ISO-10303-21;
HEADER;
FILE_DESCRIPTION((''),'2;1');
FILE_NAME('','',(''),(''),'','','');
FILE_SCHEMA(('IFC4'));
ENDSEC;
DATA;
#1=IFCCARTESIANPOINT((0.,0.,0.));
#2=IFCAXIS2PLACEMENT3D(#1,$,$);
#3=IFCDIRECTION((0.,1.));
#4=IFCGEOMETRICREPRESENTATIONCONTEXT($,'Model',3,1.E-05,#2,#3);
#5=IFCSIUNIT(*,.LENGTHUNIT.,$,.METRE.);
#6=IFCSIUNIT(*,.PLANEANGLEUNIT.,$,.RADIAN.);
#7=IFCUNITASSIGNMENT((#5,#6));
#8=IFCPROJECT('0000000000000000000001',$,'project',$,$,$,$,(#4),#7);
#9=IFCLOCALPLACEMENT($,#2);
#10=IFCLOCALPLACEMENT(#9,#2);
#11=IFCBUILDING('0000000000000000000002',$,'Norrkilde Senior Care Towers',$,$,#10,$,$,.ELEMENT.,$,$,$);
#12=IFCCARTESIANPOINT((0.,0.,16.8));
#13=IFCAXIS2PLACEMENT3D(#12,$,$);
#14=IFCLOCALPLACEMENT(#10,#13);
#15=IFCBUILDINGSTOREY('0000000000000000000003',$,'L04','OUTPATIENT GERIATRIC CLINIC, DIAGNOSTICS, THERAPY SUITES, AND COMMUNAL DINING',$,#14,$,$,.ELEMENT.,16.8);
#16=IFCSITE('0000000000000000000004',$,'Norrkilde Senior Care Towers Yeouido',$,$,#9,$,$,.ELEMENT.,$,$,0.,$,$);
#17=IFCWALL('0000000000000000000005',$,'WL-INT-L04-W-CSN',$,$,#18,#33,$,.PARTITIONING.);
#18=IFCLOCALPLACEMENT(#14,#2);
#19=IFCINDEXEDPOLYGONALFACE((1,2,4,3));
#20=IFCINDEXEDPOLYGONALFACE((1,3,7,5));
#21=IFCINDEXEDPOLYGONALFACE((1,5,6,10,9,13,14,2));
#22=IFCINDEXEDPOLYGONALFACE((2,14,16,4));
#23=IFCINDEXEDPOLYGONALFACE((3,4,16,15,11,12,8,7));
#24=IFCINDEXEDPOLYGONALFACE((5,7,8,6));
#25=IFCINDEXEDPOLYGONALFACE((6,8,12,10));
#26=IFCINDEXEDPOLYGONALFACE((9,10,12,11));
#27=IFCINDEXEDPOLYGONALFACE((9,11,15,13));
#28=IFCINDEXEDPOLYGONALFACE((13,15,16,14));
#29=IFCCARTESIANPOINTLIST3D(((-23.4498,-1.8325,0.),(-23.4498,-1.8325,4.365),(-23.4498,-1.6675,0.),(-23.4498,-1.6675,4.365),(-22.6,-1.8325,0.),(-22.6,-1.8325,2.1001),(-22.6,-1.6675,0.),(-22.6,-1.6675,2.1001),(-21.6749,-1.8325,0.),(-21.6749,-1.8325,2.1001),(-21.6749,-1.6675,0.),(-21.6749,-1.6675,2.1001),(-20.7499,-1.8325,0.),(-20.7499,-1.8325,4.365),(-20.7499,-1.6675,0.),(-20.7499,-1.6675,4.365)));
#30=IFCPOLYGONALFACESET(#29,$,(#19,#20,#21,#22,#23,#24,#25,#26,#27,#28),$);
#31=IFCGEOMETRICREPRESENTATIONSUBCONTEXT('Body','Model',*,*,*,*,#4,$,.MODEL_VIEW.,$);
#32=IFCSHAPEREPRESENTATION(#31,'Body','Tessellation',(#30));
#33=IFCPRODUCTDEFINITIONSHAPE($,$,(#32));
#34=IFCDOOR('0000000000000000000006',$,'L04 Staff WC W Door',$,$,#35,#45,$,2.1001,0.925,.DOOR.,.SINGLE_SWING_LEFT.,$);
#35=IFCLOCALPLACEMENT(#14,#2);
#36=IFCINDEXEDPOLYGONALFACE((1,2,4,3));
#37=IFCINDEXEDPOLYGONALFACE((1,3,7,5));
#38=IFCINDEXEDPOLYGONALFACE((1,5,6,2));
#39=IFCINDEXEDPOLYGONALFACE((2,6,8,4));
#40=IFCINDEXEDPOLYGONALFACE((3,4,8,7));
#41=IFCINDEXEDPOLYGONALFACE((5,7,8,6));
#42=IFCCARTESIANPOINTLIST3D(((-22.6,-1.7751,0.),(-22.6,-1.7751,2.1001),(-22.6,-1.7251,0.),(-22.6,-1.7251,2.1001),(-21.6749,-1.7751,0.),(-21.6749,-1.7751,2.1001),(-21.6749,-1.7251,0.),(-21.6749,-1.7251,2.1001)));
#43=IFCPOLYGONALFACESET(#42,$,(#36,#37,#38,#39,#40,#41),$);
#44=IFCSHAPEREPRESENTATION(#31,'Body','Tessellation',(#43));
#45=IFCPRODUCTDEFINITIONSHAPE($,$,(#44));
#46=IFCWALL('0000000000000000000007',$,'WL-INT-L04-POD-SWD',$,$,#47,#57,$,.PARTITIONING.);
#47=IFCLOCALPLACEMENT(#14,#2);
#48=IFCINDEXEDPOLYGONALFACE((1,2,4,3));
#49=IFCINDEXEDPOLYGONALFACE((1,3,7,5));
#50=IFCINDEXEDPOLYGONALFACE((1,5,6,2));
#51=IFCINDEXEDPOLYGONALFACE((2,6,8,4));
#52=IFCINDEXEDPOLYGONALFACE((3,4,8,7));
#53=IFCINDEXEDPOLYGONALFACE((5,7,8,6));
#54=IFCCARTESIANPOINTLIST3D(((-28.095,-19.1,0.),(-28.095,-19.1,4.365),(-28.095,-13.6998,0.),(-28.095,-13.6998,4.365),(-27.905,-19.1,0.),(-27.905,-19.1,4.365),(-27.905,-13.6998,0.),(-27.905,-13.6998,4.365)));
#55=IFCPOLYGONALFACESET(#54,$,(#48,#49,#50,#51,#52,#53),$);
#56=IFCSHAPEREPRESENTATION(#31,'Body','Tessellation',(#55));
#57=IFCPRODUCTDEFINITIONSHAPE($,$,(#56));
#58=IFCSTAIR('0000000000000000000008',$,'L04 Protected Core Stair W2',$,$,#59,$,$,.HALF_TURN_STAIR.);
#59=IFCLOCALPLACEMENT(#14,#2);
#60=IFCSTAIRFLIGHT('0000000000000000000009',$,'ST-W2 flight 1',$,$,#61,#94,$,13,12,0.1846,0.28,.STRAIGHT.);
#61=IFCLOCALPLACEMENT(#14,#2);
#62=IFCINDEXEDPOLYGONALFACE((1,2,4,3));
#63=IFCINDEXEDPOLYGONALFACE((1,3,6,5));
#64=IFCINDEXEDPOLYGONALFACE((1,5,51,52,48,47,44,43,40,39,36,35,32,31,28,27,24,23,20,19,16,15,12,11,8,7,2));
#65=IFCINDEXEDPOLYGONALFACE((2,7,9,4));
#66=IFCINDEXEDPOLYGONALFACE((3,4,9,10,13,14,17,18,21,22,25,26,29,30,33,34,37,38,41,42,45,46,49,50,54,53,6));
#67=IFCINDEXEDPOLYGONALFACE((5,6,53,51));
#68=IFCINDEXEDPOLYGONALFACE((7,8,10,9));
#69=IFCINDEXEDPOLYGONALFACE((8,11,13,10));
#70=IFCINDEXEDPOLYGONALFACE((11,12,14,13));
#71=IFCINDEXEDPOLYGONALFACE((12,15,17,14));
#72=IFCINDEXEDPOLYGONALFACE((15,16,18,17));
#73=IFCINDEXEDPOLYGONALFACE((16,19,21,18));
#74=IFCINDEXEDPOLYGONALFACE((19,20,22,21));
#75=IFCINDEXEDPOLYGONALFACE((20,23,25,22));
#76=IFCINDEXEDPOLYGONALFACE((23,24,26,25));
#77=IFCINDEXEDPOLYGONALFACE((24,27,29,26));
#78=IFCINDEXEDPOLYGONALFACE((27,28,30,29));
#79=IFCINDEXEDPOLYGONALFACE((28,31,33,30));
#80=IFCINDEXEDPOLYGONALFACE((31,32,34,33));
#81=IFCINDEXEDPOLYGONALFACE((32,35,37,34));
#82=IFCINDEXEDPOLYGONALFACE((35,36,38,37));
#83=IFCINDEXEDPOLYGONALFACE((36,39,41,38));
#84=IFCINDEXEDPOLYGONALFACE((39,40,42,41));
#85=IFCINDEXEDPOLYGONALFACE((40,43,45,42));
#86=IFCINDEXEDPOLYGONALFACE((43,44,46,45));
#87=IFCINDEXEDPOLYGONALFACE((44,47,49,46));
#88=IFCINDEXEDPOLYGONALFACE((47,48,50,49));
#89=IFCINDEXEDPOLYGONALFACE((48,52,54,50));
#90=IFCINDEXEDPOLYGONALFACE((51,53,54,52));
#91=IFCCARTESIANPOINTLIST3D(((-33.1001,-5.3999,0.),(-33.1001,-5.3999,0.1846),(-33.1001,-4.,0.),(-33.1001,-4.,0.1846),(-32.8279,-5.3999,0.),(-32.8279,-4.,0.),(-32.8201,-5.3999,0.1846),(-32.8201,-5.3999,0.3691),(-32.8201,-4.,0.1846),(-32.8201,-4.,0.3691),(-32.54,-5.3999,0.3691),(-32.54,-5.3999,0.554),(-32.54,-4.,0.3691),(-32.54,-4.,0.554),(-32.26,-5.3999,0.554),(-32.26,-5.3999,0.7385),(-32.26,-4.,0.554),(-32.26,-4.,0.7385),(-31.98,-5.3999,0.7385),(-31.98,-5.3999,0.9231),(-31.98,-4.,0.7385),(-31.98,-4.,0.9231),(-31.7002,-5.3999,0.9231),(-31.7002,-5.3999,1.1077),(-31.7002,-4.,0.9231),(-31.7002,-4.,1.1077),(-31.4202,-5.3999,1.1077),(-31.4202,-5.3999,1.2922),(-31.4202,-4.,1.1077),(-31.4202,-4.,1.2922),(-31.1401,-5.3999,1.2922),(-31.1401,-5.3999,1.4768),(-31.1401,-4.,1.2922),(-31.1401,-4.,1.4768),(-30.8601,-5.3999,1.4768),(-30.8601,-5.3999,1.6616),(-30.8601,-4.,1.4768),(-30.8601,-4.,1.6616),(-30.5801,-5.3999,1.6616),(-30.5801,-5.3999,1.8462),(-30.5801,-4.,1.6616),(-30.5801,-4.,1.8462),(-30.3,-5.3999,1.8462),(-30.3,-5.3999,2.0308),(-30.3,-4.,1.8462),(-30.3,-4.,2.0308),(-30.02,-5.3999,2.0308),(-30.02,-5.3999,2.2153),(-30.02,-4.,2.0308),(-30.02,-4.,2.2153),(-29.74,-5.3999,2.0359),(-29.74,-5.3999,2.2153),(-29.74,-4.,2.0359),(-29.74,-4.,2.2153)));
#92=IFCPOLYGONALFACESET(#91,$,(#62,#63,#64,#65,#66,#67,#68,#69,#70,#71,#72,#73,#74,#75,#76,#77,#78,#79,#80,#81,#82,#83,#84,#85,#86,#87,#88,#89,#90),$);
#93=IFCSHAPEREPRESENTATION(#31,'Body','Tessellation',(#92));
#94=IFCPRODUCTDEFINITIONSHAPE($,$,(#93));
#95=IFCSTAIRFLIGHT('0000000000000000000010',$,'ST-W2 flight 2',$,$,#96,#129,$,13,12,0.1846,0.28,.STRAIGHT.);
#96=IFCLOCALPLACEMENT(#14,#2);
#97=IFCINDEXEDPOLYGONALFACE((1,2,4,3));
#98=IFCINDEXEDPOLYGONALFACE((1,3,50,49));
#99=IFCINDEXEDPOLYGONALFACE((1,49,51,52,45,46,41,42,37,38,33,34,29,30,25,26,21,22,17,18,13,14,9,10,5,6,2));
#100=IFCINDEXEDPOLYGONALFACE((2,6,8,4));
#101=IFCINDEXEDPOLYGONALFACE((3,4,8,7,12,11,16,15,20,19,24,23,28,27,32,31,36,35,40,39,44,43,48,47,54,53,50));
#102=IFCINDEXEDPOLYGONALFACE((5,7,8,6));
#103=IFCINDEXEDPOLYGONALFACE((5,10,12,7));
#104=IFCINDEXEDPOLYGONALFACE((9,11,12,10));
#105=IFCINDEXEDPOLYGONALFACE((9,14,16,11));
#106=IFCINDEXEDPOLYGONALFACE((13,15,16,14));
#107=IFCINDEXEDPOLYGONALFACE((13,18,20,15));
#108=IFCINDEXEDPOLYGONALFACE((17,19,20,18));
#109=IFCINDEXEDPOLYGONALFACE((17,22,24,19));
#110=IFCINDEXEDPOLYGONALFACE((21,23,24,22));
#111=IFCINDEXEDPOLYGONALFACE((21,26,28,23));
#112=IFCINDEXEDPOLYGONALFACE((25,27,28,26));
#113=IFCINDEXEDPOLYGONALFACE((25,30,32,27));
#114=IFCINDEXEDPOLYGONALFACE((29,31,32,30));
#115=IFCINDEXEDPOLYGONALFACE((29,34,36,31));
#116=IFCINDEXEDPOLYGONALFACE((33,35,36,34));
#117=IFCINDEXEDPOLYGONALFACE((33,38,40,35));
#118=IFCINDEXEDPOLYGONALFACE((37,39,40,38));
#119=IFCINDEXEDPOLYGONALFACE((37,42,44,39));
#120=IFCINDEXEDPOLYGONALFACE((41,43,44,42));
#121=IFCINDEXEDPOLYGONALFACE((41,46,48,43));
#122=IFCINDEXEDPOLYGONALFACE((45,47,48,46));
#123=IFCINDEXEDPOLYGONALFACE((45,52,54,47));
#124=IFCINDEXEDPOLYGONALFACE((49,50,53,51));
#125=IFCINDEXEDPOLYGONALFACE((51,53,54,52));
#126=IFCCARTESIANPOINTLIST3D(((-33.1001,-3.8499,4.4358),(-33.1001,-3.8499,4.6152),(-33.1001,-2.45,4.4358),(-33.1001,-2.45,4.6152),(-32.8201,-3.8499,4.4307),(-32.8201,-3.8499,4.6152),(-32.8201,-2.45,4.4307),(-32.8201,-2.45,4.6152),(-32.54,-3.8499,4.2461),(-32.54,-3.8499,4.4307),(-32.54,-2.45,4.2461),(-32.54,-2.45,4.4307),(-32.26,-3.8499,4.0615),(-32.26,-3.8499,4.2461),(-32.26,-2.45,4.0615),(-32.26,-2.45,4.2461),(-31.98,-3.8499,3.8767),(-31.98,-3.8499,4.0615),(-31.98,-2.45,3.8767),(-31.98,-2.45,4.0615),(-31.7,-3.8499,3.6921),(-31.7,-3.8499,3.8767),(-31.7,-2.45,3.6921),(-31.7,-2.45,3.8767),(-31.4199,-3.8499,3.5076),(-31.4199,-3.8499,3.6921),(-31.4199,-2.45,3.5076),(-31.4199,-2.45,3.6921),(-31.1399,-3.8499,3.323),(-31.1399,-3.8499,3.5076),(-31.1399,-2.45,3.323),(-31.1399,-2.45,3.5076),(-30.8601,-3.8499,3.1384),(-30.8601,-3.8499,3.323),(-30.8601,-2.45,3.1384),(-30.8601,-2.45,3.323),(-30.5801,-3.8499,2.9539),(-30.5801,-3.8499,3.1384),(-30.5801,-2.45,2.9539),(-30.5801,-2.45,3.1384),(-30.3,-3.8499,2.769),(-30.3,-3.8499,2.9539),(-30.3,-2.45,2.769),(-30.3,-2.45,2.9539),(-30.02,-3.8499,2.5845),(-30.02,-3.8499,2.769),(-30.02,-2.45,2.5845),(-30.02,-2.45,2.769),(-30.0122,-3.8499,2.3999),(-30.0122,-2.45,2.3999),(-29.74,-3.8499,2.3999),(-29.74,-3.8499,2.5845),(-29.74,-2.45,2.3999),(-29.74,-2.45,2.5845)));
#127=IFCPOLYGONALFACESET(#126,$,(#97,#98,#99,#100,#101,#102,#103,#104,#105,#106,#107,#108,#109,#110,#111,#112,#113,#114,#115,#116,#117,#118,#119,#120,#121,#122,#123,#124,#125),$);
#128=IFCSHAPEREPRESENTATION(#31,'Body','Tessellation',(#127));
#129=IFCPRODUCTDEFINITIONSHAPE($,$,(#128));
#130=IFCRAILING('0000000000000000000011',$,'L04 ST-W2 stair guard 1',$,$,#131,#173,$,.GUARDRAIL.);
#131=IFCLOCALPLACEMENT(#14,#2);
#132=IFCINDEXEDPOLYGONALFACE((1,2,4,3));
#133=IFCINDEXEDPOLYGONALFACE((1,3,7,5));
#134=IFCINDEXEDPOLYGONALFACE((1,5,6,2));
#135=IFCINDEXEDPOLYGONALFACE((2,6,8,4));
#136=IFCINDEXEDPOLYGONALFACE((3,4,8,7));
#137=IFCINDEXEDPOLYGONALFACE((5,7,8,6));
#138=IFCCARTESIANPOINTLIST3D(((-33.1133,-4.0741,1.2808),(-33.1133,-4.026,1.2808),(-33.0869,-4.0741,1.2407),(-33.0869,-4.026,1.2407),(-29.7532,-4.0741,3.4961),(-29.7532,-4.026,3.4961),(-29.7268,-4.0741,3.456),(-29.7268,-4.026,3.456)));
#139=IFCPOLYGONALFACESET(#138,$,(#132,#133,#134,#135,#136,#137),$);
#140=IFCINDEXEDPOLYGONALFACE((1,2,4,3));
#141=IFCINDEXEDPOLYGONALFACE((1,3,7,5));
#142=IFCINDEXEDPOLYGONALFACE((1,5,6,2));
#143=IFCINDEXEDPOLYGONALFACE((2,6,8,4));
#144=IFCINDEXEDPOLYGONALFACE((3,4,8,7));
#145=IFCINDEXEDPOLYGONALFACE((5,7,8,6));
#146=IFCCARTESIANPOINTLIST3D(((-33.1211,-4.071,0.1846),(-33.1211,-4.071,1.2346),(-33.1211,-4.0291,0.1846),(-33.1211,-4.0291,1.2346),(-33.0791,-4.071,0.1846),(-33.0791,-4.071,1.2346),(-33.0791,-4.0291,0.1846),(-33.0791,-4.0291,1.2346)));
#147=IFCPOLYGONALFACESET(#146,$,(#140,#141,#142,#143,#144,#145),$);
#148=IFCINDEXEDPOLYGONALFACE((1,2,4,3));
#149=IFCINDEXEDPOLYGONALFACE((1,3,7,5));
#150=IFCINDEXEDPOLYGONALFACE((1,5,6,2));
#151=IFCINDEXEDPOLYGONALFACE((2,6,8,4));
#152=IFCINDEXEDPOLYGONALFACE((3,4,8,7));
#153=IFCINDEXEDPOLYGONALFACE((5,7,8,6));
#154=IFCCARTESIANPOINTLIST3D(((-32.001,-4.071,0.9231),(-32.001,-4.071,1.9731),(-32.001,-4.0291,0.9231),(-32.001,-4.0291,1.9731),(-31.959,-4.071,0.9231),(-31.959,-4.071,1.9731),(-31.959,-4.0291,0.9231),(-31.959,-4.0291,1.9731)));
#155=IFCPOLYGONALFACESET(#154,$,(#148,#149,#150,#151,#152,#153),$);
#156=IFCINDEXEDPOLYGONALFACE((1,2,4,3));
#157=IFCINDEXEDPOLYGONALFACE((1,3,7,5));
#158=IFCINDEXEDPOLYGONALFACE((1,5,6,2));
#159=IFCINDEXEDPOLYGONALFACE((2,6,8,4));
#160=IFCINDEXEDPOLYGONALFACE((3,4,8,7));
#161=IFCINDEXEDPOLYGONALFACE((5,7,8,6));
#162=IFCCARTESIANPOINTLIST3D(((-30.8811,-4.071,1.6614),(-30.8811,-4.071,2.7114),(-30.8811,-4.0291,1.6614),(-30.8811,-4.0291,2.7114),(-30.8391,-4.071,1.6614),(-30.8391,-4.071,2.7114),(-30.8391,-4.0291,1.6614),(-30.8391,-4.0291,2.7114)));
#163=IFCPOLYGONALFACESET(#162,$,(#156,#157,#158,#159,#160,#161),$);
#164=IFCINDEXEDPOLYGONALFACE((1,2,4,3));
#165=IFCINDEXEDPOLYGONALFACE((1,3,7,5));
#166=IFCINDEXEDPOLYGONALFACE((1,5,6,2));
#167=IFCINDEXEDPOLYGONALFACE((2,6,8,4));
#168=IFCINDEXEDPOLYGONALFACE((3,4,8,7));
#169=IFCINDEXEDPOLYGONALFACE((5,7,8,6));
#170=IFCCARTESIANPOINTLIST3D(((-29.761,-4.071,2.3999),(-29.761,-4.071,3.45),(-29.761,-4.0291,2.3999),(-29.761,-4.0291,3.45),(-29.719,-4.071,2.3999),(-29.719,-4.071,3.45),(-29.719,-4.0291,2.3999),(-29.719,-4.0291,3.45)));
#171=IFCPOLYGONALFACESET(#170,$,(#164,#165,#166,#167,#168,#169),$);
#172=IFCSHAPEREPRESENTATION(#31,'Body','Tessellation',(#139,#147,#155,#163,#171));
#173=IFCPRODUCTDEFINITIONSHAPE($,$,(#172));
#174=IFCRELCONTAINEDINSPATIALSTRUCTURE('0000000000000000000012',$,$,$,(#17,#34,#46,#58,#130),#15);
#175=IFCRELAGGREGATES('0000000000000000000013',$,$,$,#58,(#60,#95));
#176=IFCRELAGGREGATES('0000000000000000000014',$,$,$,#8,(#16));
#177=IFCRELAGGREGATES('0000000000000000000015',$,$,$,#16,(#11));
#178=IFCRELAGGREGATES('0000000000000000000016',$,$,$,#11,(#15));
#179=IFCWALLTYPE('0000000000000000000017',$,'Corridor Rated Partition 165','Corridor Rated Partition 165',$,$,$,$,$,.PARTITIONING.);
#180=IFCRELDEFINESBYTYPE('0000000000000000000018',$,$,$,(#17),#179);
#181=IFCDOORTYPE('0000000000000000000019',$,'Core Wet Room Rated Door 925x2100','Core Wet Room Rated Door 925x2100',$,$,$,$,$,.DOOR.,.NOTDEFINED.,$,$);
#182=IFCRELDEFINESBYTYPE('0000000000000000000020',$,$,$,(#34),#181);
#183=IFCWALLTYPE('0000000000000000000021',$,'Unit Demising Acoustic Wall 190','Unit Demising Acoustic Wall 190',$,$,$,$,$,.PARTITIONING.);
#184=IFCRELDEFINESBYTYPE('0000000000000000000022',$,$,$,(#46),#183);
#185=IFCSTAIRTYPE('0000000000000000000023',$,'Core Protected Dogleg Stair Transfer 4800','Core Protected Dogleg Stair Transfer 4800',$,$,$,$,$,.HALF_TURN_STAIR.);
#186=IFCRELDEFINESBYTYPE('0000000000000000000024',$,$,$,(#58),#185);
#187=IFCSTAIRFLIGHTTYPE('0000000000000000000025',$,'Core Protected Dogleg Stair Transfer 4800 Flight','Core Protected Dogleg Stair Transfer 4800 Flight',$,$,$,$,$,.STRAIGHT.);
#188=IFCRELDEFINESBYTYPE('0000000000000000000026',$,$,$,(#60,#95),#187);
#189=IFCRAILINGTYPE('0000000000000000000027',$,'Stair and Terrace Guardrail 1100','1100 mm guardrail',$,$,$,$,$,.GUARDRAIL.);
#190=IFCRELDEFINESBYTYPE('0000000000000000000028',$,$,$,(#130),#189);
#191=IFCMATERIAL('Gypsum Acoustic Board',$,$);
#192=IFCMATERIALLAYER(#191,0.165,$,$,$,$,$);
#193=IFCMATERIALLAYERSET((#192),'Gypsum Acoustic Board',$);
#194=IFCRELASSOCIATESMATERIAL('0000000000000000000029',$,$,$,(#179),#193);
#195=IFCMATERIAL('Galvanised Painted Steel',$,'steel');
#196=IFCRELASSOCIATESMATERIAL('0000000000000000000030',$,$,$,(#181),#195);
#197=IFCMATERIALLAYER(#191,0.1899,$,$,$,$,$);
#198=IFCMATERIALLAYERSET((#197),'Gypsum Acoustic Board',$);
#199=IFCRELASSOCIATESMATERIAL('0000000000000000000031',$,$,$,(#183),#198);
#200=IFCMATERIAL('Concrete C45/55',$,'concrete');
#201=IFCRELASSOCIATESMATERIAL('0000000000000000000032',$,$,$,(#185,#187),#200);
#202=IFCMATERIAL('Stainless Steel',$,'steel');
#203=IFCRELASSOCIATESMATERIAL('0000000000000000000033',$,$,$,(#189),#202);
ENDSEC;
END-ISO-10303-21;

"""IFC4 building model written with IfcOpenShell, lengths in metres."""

from ifc_helpers import new_model, si_unit, direction, frame, frame_2d, origin, origin_2d, place, context, subcontext, project, spatial, polyline, rectangle, outline, extrude, source, transform, mapped, material, layer, layer_set, type_object, type_shapes, element, fill, aggregate, save


model = new_model("IFC4")

# Units and contexts
model_context = context("Model", 3, precision=1e-05, world=origin(), true_north=direction((0.0, 1.0)))
body_context = subcontext(model_context, "Body", "Model", "MODEL_VIEW")
ifc_project = project(units=[si_unit("LENGTHUNIT", "METRE"), si_unit("PLANEANGLEUNIT", "RADIAN")], contexts=[model_context])

# Site, building, storey
site_placement = place(None, origin())
site = spatial("IfcSite", under=ifc_project, at=site_placement, Name="Norrkilde Senior Care Towers Yeouido", CompositionType="ELEMENT", RefElevation=0.0)
building_placement = place(site_placement, origin())
building = spatial("IfcBuilding", under=site, at=building_placement, Name="Norrkilde Senior Care Towers", CompositionType="ELEMENT")
storey_placement = place(building_placement, frame((0.0, 0.0, 16.8)))
storey = spatial("IfcBuildingStorey", under=building, at=storey_placement, Name="L04", Description="OUTPATIENT GERIATRIC CLINIC, DIAGNOSTICS, THERAPY SUITES, AND COMMUNAL DINING", CompositionType="ELEMENT", Elevation=16.8)

# Shared definitions
ifc_material_1 = material(Name="Concrete C45/55", Category="concrete")

# Wall, opening, door
ifc_material_2 = material(Name="Gypsum Acoustic Board")
ifc_layer_1 = layer(ifc_material_2, 0.165)
ifc_layer_set_1 = layer_set([ifc_layer_1], Name="Gypsum Acoustic Board")
wall_type_1 = type_object("IfcWallType", Name="Corridor Rated Partition 165", Description="Corridor Rated Partition 165", PredefinedType="PARTITIONING", material=ifc_layer_set_1)
shared_shape_1 = source(origin(), body_context, "Body", "SweptSolid", [
    extrude(rectangle(XDim=2.7, YDim=0.165, at=frame_2d((1.3501, 0.0))), origin(), (0.0, 0.0, 1.0), 4.365),
])
type_shapes(wall_type_1, [shared_shape_1])
wall_1_placement = place(storey_placement, frame((-23.45, -1.75, 0.0), z_axis=(0.0, 0.0, 1.0), x_axis=(1.0, 0.0, 0.0)))
wall_1 = element("IfcWall", 1, at=wall_1_placement, inside=storey, type_object=wall_type_1, Name="WL-INT-L04-W-CSN", PredefinedType="PARTITIONING", context=body_context, shape_type="MappedRepresentation", body=[
    mapped(shared_shape_1, transform((0.0, 0.0, 0.0), x_axis=(1.0, 0.0, 0.0), y_axis=(0.0, 1.0, 0.0), z_axis=(0.0, 0.0, 1.0), scale=1.0)),
])
opening_placement = place(wall_1_placement, frame((0.8501, 0.0, 0.0)))
opening = element("IfcOpeningElement", 2, at=opening_placement, cuts=wall_1, PredefinedType="OPENING", context=body_context, shape_type="SweptSolid", body=[
    extrude(rectangle(XDim=0.925, YDim=2.1001, at=frame_2d((0.4624, 1.05))), frame((0.0, 0.0925, 0.0), z_axis=(0.0, -1.0, 0.0), x_axis=(1.0, 0.0, 0.0)), (0.0, 0.0, 1.0), 0.1851),
])
ifc_material_3 = material(Name="Galvanised Painted Steel", Category="steel")
door_type = type_object("IfcDoorType", Name="Core Wet Room Rated Door 925x2100", Description="Core Wet Room Rated Door 925x2100", OperationType="NOTDEFINED", PredefinedType="DOOR", material=ifc_material_3)
shared_shape_2 = source(origin(), body_context, "Body", "SweptSolid", [
    extrude(rectangle(XDim=0.925, YDim=2.1001, at=frame_2d((0.4624, 1.05))), frame((0.0, 0.0249, 0.0), z_axis=(0.0, -1.0, 0.0), x_axis=(1.0, 0.0, 0.0)), (0.0, 0.0, 1.0), 0.05),
])
type_shapes(door_type, [shared_shape_2])
door_placement = place(opening_placement, origin())
door = element("IfcDoor", 3, at=door_placement, inside=storey, type_object=door_type, Name="L04 Staff WC W Door", OperationType="SINGLE_SWING_LEFT", OverallHeight=2.1001, OverallWidth=0.925, PredefinedType="DOOR", context=body_context, shape_type="MappedRepresentation", body=[
    mapped(shared_shape_2, transform((0.0, 0.0, 0.0), x_axis=(1.0, 0.0, 0.0), y_axis=(0.0, 1.0, 0.0), z_axis=(0.0, 0.0, 1.0), scale=1.0)),
])
fill(opening, door)

# Wall
ifc_layer_2 = layer(ifc_material_2, 0.1899)
ifc_layer_set_2 = layer_set([ifc_layer_2], Name="Gypsum Acoustic Board")
wall_type_2 = type_object("IfcWallType", Name="Unit Demising Acoustic Wall 190", Description="Unit Demising Acoustic Wall 190", PredefinedType="PARTITIONING", material=ifc_layer_set_2)
shared_shape_3 = source(origin(), body_context, "Body", "SweptSolid", [
    extrude(rectangle(XDim=5.4001, YDim=0.1899, at=frame_2d((2.7002, 0.0))), origin(), (0.0, 0.0, 1.0), 4.365),
])
type_shapes(wall_type_2, [shared_shape_3])
wall_2_placement = place(storey_placement, frame((-28.0, -19.1001, 0.0), z_axis=(0.0, 0.0, 1.0), x_axis=(0.0, 1.0, 0.0)))
element("IfcWall", 4, at=wall_2_placement, inside=storey, type_object=wall_type_2, Name="WL-INT-L04-POD-SWD", PredefinedType="PARTITIONING", context=body_context, shape_type="MappedRepresentation", body=[
    mapped(shared_shape_3, transform((0.0, 0.0, 0.0), x_axis=(1.0, 0.0, 0.0), y_axis=(0.0, 1.0, 0.0), z_axis=(0.0, 0.0, 1.0), scale=1.0)),
])

# Stair, stair flights
stair_type = type_object("IfcStairType", Name="Core Protected Dogleg Stair Transfer 4800", Description="Core Protected Dogleg Stair Transfer 4800", PredefinedType="HALF_TURN_STAIR", material=ifc_material_1)
stair_placement = place(storey_placement, origin())
stair = element("IfcStair", 5, at=stair_placement, inside=storey, type_object=stair_type, Name="L04 Protected Core Stair W2", PredefinedType="HALF_TURN_STAIR")
stair_flight_type = type_object("IfcStairFlightType", Name="Core Protected Dogleg Stair Transfer 4800 Flight", Description="Core Protected Dogleg Stair Transfer 4800 Flight", PredefinedType="STRAIGHT", material=ifc_material_1)
stair_flight_1_placement = place(storey_placement, frame((-33.1001, -4.7, 0.0), z_axis=(0.0, 0.0, 1.0), x_axis=(1.0, 0.0, 0.0)))
stair_flight_1 = element("IfcStairFlight", 6, at=stair_flight_1_placement, type_object=stair_flight_type, Name="ST-W2 flight 1", NumberOfRisers=13, NumberOfTreads=12, PredefinedType="STRAIGHT", RiserHeight=0.1846, TreadLength=0.28, context=body_context, shape_type="SweptSolid", body=[
    extrude(outline(polyline([(0.0, 0.0), (0.0, 0.1846), (0.28, 0.1846), (0.28, 0.3691), (0.5601, 0.3691), (0.5601, 0.554), (0.8401, 0.554), (0.8401, 0.7385), (1.1201, 0.7385), (1.1201, 0.9231), (1.3999, 0.9231), (1.3999, 1.1077), (1.6799, 1.1077), (1.6799, 1.2922), (1.96, 1.2922), (1.96, 1.4768), (2.24, 1.4768), (2.24, 1.6616), (2.52, 1.6616), (2.52, 1.8462), (2.8, 1.8462), (2.8, 2.0308), (3.0801, 2.0308), (3.0801, 2.2153), (3.3601, 2.2153), (3.3601, 2.3999), (3.3601, 2.0359), (0.2722, 0.0), (0.0, 0.0)])), frame((0.0, 0.7, 0.0), z_axis=(0.0, -1.0, 0.0), x_axis=(1.0, 0.0, 0.0)), (0.0, 0.0, 1.0), 1.3999),
])
stair_flight_2_placement = place(storey_placement, frame((-29.74, -3.1499, 2.3999), z_axis=(0.0, 0.0, 1.0), x_axis=(-1.0, 0.0, 0.0)))
stair_flight_2 = element("IfcStairFlight", 7, at=stair_flight_2_placement, type_object=stair_flight_type, Name="ST-W2 flight 2", NumberOfRisers=13, NumberOfTreads=12, PredefinedType="STRAIGHT", RiserHeight=0.1846, TreadLength=0.28, context=body_context, shape_type="SweptSolid", body=[
    extrude(outline(polyline([(0.0, 0.0), (0.0, 0.1846), (0.28, 0.1846), (0.28, 0.3691), (0.5601, 0.3691), (0.5601, 0.554), (0.8401, 0.554), (0.8401, 0.7385), (1.1201, 0.7385), (1.1201, 0.9231), (1.3999, 0.9231), (1.3999, 1.1077), (1.6799, 1.1077), (1.6799, 1.2922), (1.96, 1.2922), (1.96, 1.4768), (2.24, 1.4768), (2.24, 1.6616), (2.52, 1.6616), (2.52, 1.8462), (2.8, 1.8462), (2.8, 2.0308), (3.0801, 2.0308), (3.0801, 2.2153), (3.3601, 2.2153), (3.3601, 2.3999), (3.3601, 2.0359), (0.2722, 0.0), (0.0, 0.0)])), frame((0.0, 0.7, 0.0), z_axis=(0.0, -1.0, 0.0), x_axis=(1.0, 0.0, 0.0)), (0.0, 0.0, 1.0), 1.3999),
])
aggregate(stair, [stair_flight_1, stair_flight_2])

# Railing
ifc_material_4 = material(Name="Stainless Steel", Category="steel")
railing_type_1 = type_object("IfcRailingType", Name="Stair and Terrace Guardrail 1100", Description="1100 mm guardrail", PredefinedType="GUARDRAIL", material=ifc_material_4)
railing_1_placement = place(storey_placement, frame((-33.1001, -4.05, 0.1846)))
element("IfcRailing", 8, at=railing_1_placement, inside=storey, type_object=railing_type_1, Name="L04 ST-W2 stair guard 1", PredefinedType="GUARDRAIL", context=body_context, shape_type="SweptSolid", body=[
    extrude(rectangle(XDim=0.0481, YDim=0.0481, at=origin_2d()), frame((0.0, 0.0, 1.0762), z_axis=(0.834876, 0.0, 0.550437), x_axis=(0.0, 1.0, 0.0)), (0.0, 0.0, 1.0), 4.0247),
    extrude(rectangle(XDim=0.042, YDim=0.042, at=origin_2d()), origin(), (0.0, 0.0, 1.0), 1.05),
    extrude(rectangle(XDim=0.042, YDim=0.042, at=origin_2d()), frame((1.1201, 0.0, 0.7385)), (0.0, 0.0, 1.0), 1.05),
    extrude(rectangle(XDim=0.042, YDim=0.042, at=origin_2d()), frame((2.24, 0.0, 1.4768)), (0.0, 0.0, 1.0), 1.05),
    extrude(rectangle(XDim=0.042, YDim=0.042, at=origin_2d()), frame((3.3601, 0.0, 2.2153)), (0.0, 0.0, 1.0), 1.05),
])

save(model, "model.ifc")
